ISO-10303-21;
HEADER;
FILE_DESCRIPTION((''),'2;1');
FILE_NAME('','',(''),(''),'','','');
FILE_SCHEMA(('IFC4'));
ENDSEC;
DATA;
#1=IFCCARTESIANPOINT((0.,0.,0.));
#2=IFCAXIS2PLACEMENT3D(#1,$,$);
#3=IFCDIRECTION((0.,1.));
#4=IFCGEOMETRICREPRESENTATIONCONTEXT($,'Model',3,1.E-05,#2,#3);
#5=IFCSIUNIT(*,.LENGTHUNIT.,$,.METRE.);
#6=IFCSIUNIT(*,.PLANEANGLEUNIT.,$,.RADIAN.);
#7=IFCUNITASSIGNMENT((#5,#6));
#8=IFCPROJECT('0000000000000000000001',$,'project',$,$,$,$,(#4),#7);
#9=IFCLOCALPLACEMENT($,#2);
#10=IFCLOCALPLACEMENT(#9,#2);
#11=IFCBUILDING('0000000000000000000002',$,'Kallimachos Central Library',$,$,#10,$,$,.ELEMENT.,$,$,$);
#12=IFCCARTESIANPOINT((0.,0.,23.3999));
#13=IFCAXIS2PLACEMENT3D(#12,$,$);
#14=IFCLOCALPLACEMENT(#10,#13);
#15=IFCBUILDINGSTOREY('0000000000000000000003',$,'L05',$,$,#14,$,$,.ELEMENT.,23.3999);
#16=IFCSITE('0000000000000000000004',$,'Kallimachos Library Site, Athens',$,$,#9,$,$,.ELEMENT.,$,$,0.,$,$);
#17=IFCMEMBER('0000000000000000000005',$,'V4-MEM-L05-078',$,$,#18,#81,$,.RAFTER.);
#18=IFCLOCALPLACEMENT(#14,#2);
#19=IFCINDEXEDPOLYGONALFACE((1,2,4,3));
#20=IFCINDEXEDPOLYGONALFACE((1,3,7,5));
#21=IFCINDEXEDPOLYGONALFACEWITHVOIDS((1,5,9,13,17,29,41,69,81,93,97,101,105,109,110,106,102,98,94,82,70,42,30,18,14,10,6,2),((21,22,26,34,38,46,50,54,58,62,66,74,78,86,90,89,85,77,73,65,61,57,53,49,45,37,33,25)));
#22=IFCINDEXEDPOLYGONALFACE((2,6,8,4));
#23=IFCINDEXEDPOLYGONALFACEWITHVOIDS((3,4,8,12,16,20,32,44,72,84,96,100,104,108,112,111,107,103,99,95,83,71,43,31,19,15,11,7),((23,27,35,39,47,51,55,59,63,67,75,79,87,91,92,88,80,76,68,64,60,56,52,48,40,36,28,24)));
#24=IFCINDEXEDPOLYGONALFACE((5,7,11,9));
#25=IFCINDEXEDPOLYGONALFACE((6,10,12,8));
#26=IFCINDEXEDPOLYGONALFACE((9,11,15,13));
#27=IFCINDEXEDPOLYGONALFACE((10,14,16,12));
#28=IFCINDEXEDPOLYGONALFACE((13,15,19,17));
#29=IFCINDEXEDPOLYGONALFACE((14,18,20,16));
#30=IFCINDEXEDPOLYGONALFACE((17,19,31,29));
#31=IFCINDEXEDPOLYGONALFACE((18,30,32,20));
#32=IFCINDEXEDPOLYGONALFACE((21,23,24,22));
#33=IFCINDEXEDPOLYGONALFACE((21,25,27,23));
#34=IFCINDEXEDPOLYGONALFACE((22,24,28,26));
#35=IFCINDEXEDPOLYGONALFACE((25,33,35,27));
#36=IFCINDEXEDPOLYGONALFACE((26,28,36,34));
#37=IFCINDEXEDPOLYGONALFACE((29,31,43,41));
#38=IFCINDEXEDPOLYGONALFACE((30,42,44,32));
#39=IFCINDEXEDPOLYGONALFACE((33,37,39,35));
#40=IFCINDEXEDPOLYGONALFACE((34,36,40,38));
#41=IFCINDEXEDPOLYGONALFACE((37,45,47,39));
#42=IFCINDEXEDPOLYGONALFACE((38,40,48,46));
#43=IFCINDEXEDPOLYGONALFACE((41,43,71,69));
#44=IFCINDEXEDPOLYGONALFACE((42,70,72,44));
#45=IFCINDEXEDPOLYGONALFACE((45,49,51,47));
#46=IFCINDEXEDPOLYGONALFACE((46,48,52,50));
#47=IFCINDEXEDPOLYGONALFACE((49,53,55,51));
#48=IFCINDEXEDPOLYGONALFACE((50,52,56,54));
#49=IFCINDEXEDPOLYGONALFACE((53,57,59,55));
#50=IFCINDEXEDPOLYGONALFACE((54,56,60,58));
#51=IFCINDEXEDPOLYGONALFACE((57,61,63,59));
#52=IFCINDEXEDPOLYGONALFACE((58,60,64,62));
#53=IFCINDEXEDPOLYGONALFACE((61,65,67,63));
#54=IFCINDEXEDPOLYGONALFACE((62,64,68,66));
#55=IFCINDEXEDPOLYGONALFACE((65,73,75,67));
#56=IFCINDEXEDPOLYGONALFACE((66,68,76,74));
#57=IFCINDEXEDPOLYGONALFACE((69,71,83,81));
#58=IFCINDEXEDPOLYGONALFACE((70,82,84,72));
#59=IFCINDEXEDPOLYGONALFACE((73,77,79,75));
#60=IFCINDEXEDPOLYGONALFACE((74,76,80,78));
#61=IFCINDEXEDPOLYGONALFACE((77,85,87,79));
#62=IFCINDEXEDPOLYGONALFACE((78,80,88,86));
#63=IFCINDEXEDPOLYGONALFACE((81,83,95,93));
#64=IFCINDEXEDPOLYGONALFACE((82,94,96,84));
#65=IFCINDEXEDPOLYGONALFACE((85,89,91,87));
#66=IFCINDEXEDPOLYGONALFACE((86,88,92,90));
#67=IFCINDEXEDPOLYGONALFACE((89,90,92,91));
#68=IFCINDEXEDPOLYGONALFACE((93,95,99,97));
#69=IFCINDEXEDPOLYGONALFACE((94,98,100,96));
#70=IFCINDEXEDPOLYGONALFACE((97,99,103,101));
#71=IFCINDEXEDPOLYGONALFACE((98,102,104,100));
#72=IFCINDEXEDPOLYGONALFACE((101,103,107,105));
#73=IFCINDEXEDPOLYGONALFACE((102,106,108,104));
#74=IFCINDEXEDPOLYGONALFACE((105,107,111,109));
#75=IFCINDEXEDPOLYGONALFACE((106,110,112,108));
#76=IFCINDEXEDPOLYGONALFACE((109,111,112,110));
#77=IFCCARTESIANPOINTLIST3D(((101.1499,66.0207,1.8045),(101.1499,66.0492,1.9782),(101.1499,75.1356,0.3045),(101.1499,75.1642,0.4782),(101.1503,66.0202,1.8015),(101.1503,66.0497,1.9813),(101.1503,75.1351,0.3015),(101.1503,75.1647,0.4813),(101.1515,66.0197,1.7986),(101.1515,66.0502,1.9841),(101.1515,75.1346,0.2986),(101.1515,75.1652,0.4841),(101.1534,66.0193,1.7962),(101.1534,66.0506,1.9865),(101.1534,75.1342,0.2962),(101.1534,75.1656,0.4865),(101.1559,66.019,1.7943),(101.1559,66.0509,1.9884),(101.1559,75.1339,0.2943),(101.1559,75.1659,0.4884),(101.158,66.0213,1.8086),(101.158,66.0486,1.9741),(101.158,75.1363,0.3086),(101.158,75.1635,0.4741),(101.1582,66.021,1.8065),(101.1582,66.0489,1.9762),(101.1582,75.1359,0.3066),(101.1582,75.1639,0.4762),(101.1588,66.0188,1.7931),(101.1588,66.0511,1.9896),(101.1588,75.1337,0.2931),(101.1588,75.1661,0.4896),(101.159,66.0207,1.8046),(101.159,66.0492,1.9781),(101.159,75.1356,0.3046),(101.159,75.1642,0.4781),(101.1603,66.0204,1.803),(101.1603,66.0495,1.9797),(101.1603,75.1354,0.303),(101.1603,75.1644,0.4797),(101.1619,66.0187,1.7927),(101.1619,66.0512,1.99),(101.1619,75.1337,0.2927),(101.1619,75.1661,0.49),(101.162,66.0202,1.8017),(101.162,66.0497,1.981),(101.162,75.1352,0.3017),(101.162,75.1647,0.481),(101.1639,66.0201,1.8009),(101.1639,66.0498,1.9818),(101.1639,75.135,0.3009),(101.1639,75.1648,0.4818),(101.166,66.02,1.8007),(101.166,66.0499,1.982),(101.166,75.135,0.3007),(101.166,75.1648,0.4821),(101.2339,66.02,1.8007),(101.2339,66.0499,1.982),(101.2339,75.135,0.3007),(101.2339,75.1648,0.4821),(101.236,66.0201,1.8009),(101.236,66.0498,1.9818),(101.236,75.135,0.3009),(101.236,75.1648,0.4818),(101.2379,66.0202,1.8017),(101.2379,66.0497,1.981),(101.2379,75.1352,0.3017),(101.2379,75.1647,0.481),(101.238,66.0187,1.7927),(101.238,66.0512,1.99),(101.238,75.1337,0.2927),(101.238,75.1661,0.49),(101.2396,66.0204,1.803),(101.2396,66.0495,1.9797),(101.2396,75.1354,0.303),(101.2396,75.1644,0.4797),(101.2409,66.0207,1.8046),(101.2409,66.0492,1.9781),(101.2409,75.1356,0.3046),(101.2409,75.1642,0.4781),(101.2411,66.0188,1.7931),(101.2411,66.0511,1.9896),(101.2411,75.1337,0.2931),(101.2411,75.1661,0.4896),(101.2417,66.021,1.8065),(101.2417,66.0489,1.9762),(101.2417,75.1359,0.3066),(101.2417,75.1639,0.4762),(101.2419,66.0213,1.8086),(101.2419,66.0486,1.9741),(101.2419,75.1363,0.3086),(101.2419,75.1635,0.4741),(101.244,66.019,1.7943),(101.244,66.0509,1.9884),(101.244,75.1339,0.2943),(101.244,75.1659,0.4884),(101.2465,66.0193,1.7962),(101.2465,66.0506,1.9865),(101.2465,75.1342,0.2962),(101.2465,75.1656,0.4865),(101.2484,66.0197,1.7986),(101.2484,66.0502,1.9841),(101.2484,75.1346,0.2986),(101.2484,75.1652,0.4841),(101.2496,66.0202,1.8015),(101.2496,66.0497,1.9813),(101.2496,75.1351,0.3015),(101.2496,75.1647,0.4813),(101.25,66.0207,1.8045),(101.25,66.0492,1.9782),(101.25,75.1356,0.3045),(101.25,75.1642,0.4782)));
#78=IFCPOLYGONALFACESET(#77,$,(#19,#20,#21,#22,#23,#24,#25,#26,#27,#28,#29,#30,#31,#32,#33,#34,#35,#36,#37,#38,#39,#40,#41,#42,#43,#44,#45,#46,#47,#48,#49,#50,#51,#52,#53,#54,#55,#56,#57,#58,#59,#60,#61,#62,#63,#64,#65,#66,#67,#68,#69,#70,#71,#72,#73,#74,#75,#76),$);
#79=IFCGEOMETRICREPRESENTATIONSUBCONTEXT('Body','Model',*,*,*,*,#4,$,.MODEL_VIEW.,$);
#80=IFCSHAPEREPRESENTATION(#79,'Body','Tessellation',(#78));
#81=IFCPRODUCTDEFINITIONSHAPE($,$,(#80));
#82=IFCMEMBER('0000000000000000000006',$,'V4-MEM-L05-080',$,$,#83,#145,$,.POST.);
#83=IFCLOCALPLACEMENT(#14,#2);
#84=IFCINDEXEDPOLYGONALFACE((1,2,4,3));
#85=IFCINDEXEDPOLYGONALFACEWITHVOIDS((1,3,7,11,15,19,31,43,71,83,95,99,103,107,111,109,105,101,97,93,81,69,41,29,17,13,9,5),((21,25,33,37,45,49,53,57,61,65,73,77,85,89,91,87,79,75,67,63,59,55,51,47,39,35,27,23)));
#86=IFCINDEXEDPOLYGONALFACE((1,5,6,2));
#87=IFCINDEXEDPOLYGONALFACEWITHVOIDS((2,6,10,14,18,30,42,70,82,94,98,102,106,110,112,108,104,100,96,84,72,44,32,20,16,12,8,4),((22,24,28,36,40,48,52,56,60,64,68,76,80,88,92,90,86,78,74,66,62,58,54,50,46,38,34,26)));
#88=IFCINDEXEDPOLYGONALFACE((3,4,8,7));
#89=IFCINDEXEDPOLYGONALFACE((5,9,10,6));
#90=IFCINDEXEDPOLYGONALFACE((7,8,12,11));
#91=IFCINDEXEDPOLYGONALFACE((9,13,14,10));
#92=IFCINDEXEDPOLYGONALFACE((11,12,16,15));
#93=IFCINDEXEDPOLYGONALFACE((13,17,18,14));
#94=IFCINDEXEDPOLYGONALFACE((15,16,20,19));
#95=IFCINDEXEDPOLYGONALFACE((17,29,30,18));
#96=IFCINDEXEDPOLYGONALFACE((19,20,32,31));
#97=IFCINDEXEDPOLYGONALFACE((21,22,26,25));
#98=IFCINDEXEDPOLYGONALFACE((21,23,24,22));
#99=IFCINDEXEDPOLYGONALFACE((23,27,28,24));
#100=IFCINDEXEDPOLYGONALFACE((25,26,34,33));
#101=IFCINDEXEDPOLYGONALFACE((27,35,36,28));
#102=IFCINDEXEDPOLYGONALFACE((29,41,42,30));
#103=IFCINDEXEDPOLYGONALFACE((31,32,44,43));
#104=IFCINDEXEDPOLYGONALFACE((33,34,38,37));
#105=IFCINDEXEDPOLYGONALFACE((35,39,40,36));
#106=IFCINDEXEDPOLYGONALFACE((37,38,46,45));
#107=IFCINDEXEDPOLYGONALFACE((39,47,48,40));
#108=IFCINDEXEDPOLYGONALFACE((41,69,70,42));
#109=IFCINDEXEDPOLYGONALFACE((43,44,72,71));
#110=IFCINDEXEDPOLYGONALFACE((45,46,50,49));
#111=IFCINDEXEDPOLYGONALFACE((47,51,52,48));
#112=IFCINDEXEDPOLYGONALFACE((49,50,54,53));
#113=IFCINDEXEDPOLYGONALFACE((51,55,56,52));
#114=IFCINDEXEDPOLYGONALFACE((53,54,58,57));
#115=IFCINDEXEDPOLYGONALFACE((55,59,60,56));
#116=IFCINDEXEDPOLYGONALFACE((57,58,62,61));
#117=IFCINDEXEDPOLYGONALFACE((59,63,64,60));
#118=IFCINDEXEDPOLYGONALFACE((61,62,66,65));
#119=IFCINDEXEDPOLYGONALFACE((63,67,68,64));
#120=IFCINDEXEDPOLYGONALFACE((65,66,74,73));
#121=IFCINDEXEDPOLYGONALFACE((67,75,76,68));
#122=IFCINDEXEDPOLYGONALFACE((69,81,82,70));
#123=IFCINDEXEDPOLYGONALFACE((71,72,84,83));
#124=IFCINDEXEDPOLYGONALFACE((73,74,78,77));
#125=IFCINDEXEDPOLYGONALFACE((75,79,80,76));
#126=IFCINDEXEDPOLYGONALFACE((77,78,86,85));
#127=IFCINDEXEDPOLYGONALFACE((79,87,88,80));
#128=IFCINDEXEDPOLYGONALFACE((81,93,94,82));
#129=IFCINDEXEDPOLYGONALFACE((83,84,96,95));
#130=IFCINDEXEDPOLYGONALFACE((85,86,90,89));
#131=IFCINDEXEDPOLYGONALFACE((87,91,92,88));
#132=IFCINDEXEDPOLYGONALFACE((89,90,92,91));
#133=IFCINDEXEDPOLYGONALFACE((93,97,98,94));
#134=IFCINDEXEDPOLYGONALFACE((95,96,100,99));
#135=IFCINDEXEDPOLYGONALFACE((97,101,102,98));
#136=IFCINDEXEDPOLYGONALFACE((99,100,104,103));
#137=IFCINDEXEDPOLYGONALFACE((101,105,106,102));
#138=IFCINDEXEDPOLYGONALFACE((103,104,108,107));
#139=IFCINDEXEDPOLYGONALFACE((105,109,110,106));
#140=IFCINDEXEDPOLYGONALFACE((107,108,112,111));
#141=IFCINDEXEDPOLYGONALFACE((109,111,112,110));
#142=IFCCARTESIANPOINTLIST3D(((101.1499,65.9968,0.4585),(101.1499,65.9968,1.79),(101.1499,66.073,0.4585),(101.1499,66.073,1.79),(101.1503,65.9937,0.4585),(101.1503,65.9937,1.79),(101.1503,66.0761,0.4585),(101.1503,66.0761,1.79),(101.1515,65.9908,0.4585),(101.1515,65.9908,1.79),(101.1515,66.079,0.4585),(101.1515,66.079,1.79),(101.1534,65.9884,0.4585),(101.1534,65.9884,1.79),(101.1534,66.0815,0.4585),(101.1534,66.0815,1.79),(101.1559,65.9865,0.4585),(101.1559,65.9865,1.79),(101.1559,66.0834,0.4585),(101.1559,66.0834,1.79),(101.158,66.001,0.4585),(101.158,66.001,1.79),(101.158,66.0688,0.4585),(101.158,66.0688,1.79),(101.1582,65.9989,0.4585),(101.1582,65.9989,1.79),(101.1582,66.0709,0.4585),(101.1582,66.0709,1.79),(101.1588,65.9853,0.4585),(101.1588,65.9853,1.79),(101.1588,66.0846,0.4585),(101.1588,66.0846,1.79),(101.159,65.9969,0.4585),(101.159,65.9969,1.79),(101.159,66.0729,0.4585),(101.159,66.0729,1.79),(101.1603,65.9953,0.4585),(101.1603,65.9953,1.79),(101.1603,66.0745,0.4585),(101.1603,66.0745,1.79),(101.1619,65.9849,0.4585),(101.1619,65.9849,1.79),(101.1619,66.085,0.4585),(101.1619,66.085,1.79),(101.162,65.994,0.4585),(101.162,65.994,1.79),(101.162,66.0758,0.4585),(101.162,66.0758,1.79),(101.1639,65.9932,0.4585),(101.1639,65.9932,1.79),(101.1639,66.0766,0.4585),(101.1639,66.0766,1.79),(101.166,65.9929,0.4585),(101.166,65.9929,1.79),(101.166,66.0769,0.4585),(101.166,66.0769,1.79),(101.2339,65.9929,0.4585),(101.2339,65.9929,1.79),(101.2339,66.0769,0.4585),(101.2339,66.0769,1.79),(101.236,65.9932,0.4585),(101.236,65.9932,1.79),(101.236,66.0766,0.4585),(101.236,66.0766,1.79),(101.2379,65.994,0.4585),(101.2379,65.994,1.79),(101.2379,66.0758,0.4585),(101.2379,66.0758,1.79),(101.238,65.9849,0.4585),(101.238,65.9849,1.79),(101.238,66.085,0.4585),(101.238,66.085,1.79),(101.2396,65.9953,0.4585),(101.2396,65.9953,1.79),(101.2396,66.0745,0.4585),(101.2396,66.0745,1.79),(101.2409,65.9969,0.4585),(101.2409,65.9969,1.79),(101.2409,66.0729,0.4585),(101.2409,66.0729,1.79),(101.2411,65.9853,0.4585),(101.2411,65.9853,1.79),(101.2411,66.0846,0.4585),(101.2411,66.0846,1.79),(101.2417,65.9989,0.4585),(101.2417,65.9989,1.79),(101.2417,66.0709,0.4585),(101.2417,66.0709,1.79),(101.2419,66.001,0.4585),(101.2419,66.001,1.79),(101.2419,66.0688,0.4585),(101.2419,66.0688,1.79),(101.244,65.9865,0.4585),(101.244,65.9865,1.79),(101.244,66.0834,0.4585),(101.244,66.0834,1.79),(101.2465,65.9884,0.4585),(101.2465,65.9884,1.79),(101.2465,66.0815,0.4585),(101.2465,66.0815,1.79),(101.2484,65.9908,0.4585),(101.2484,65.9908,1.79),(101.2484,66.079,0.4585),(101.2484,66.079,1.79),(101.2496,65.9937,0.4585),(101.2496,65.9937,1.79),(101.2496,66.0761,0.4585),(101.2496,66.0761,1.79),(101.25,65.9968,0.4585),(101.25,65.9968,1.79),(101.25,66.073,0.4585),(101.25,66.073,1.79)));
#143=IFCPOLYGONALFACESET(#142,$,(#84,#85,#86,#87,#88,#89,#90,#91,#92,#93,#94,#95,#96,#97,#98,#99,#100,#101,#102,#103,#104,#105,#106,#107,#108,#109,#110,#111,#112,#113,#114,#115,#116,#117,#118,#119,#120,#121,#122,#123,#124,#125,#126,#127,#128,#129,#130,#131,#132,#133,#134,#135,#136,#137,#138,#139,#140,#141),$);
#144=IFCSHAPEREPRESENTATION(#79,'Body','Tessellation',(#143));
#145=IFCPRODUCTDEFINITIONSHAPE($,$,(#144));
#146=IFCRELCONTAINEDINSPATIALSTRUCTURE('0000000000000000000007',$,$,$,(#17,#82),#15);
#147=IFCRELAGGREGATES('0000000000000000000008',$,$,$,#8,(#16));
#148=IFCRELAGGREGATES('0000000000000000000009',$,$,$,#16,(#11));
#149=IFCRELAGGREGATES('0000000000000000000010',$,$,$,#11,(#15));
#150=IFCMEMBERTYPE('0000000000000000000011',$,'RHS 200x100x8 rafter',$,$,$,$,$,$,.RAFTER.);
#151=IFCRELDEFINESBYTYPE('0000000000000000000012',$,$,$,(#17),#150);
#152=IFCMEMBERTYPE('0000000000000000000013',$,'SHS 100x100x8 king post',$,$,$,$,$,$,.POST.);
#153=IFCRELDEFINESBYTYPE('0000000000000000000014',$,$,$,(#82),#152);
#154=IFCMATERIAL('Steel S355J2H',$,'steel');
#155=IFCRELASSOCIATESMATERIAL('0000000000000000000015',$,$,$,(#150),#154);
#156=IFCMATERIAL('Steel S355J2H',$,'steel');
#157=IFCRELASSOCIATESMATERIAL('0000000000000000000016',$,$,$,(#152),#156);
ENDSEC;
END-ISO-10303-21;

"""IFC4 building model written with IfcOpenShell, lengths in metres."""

from ifc_helpers import new_model, si_unit, direction, frame, origin, origin_2d, place, context, subcontext, project, spatial, hollow_rectangle, extrude, material, material_profile, profile_set, type_object, element, save


model = new_model("IFC4")

# Units and contexts
model_context = context("Model", 3, precision=1e-05, world=origin(), true_north=direction((0.0, 1.0)))
body_context = subcontext(model_context, "Body", "Model", "MODEL_VIEW")
ifc_project = project(units=[si_unit("LENGTHUNIT", "METRE"), si_unit("PLANEANGLEUNIT", "RADIAN")], contexts=[model_context])

# Site, building, storey
site_placement = place(None, origin())
site = spatial("IfcSite", under=ifc_project, at=site_placement, Name="Kallimachos Library Site, Athens", CompositionType="ELEMENT", RefElevation=0.0)
building_placement = place(site_placement, origin())
building = spatial("IfcBuilding", under=site, at=building_placement, Name="Kallimachos Central Library", CompositionType="ELEMENT")
storey_placement = place(building_placement, frame((0.0, 0.0, 23.3999)))
storey = spatial("IfcBuildingStorey", under=building, at=storey_placement, Name="L05", CompositionType="ELEMENT", Elevation=23.3999)

# Members
ifc_material_1 = material(Name="Steel S355J2H", Category="steel")
ifc_material_profile_1 = material_profile(ifc_material_1, hollow_rectangle(XDim=0.1001, YDim=0.2, WallThickness=0.0081, InnerFilletRadius=0.0081, OuterFilletRadius=0.012, at=origin_2d()), Name="RHS 200x100x8")
ifc_profile_set_1 = profile_set([ifc_material_profile_1], Name="Steel S355J2H")
member_type_1 = type_object("IfcMemberType", Name="RHS 200x100x8 rafter", PredefinedType="RAFTER", material=ifc_profile_set_1)
for number, where, z_axis, x_axis, name in (
    (1, (101.2, 75.1499, 0.3914), (0.0, -0.986728, 0.16238), (1.0, 0.0, 0.0), "V4-MEM-L05-078"),
):
    element("IfcMember", number, at=place(storey_placement, frame(where, z_axis=z_axis, x_axis=x_axis)), inside=storey, type_object=member_type_1, Name=name, PredefinedType="RAFTER", context=body_context, shape_type="SweptSolid", body=[
        extrude(hollow_rectangle(XDim=0.1001, YDim=0.2, WallThickness=0.0081, InnerFilletRadius=0.0081, OuterFilletRadius=0.012, at=origin_2d()), origin(), (0.0, 0.0, 1.0), 9.2375),
    ])
ifc_material_2 = material(Name="Steel S355J2H", Category="steel")
ifc_material_profile_2 = material_profile(ifc_material_2, hollow_rectangle(XDim=0.1001, YDim=0.1001, WallThickness=0.0081, InnerFilletRadius=0.0081, OuterFilletRadius=0.012, at=origin_2d()), Name="SHS 100x100x8")
ifc_profile_set_2 = profile_set([ifc_material_profile_2], Name="Steel S355J2H")
member_type_2 = type_object("IfcMemberType", Name="SHS 100x100x8 king post", PredefinedType="POST", material=ifc_profile_set_2)
member_1_placement = place(storey_placement, frame((101.2, 66.0349, 0.4585), z_axis=(0.0, 0.0, 1.0), x_axis=(1.0, 0.0, 0.0)))
element("IfcMember", 2, at=member_1_placement, inside=storey, type_object=member_type_2, Name="V4-MEM-L05-080", PredefinedType="POST", context=body_context, shape_type="SweptSolid", body=[
    extrude(hollow_rectangle(XDim=0.1001, YDim=0.1001, WallThickness=0.0081, InnerFilletRadius=0.0081, OuterFilletRadius=0.012, at=origin_2d()), origin(), (0.0, 0.0, 1.0), 1.3315),
])

save(model, "model.ifc")
